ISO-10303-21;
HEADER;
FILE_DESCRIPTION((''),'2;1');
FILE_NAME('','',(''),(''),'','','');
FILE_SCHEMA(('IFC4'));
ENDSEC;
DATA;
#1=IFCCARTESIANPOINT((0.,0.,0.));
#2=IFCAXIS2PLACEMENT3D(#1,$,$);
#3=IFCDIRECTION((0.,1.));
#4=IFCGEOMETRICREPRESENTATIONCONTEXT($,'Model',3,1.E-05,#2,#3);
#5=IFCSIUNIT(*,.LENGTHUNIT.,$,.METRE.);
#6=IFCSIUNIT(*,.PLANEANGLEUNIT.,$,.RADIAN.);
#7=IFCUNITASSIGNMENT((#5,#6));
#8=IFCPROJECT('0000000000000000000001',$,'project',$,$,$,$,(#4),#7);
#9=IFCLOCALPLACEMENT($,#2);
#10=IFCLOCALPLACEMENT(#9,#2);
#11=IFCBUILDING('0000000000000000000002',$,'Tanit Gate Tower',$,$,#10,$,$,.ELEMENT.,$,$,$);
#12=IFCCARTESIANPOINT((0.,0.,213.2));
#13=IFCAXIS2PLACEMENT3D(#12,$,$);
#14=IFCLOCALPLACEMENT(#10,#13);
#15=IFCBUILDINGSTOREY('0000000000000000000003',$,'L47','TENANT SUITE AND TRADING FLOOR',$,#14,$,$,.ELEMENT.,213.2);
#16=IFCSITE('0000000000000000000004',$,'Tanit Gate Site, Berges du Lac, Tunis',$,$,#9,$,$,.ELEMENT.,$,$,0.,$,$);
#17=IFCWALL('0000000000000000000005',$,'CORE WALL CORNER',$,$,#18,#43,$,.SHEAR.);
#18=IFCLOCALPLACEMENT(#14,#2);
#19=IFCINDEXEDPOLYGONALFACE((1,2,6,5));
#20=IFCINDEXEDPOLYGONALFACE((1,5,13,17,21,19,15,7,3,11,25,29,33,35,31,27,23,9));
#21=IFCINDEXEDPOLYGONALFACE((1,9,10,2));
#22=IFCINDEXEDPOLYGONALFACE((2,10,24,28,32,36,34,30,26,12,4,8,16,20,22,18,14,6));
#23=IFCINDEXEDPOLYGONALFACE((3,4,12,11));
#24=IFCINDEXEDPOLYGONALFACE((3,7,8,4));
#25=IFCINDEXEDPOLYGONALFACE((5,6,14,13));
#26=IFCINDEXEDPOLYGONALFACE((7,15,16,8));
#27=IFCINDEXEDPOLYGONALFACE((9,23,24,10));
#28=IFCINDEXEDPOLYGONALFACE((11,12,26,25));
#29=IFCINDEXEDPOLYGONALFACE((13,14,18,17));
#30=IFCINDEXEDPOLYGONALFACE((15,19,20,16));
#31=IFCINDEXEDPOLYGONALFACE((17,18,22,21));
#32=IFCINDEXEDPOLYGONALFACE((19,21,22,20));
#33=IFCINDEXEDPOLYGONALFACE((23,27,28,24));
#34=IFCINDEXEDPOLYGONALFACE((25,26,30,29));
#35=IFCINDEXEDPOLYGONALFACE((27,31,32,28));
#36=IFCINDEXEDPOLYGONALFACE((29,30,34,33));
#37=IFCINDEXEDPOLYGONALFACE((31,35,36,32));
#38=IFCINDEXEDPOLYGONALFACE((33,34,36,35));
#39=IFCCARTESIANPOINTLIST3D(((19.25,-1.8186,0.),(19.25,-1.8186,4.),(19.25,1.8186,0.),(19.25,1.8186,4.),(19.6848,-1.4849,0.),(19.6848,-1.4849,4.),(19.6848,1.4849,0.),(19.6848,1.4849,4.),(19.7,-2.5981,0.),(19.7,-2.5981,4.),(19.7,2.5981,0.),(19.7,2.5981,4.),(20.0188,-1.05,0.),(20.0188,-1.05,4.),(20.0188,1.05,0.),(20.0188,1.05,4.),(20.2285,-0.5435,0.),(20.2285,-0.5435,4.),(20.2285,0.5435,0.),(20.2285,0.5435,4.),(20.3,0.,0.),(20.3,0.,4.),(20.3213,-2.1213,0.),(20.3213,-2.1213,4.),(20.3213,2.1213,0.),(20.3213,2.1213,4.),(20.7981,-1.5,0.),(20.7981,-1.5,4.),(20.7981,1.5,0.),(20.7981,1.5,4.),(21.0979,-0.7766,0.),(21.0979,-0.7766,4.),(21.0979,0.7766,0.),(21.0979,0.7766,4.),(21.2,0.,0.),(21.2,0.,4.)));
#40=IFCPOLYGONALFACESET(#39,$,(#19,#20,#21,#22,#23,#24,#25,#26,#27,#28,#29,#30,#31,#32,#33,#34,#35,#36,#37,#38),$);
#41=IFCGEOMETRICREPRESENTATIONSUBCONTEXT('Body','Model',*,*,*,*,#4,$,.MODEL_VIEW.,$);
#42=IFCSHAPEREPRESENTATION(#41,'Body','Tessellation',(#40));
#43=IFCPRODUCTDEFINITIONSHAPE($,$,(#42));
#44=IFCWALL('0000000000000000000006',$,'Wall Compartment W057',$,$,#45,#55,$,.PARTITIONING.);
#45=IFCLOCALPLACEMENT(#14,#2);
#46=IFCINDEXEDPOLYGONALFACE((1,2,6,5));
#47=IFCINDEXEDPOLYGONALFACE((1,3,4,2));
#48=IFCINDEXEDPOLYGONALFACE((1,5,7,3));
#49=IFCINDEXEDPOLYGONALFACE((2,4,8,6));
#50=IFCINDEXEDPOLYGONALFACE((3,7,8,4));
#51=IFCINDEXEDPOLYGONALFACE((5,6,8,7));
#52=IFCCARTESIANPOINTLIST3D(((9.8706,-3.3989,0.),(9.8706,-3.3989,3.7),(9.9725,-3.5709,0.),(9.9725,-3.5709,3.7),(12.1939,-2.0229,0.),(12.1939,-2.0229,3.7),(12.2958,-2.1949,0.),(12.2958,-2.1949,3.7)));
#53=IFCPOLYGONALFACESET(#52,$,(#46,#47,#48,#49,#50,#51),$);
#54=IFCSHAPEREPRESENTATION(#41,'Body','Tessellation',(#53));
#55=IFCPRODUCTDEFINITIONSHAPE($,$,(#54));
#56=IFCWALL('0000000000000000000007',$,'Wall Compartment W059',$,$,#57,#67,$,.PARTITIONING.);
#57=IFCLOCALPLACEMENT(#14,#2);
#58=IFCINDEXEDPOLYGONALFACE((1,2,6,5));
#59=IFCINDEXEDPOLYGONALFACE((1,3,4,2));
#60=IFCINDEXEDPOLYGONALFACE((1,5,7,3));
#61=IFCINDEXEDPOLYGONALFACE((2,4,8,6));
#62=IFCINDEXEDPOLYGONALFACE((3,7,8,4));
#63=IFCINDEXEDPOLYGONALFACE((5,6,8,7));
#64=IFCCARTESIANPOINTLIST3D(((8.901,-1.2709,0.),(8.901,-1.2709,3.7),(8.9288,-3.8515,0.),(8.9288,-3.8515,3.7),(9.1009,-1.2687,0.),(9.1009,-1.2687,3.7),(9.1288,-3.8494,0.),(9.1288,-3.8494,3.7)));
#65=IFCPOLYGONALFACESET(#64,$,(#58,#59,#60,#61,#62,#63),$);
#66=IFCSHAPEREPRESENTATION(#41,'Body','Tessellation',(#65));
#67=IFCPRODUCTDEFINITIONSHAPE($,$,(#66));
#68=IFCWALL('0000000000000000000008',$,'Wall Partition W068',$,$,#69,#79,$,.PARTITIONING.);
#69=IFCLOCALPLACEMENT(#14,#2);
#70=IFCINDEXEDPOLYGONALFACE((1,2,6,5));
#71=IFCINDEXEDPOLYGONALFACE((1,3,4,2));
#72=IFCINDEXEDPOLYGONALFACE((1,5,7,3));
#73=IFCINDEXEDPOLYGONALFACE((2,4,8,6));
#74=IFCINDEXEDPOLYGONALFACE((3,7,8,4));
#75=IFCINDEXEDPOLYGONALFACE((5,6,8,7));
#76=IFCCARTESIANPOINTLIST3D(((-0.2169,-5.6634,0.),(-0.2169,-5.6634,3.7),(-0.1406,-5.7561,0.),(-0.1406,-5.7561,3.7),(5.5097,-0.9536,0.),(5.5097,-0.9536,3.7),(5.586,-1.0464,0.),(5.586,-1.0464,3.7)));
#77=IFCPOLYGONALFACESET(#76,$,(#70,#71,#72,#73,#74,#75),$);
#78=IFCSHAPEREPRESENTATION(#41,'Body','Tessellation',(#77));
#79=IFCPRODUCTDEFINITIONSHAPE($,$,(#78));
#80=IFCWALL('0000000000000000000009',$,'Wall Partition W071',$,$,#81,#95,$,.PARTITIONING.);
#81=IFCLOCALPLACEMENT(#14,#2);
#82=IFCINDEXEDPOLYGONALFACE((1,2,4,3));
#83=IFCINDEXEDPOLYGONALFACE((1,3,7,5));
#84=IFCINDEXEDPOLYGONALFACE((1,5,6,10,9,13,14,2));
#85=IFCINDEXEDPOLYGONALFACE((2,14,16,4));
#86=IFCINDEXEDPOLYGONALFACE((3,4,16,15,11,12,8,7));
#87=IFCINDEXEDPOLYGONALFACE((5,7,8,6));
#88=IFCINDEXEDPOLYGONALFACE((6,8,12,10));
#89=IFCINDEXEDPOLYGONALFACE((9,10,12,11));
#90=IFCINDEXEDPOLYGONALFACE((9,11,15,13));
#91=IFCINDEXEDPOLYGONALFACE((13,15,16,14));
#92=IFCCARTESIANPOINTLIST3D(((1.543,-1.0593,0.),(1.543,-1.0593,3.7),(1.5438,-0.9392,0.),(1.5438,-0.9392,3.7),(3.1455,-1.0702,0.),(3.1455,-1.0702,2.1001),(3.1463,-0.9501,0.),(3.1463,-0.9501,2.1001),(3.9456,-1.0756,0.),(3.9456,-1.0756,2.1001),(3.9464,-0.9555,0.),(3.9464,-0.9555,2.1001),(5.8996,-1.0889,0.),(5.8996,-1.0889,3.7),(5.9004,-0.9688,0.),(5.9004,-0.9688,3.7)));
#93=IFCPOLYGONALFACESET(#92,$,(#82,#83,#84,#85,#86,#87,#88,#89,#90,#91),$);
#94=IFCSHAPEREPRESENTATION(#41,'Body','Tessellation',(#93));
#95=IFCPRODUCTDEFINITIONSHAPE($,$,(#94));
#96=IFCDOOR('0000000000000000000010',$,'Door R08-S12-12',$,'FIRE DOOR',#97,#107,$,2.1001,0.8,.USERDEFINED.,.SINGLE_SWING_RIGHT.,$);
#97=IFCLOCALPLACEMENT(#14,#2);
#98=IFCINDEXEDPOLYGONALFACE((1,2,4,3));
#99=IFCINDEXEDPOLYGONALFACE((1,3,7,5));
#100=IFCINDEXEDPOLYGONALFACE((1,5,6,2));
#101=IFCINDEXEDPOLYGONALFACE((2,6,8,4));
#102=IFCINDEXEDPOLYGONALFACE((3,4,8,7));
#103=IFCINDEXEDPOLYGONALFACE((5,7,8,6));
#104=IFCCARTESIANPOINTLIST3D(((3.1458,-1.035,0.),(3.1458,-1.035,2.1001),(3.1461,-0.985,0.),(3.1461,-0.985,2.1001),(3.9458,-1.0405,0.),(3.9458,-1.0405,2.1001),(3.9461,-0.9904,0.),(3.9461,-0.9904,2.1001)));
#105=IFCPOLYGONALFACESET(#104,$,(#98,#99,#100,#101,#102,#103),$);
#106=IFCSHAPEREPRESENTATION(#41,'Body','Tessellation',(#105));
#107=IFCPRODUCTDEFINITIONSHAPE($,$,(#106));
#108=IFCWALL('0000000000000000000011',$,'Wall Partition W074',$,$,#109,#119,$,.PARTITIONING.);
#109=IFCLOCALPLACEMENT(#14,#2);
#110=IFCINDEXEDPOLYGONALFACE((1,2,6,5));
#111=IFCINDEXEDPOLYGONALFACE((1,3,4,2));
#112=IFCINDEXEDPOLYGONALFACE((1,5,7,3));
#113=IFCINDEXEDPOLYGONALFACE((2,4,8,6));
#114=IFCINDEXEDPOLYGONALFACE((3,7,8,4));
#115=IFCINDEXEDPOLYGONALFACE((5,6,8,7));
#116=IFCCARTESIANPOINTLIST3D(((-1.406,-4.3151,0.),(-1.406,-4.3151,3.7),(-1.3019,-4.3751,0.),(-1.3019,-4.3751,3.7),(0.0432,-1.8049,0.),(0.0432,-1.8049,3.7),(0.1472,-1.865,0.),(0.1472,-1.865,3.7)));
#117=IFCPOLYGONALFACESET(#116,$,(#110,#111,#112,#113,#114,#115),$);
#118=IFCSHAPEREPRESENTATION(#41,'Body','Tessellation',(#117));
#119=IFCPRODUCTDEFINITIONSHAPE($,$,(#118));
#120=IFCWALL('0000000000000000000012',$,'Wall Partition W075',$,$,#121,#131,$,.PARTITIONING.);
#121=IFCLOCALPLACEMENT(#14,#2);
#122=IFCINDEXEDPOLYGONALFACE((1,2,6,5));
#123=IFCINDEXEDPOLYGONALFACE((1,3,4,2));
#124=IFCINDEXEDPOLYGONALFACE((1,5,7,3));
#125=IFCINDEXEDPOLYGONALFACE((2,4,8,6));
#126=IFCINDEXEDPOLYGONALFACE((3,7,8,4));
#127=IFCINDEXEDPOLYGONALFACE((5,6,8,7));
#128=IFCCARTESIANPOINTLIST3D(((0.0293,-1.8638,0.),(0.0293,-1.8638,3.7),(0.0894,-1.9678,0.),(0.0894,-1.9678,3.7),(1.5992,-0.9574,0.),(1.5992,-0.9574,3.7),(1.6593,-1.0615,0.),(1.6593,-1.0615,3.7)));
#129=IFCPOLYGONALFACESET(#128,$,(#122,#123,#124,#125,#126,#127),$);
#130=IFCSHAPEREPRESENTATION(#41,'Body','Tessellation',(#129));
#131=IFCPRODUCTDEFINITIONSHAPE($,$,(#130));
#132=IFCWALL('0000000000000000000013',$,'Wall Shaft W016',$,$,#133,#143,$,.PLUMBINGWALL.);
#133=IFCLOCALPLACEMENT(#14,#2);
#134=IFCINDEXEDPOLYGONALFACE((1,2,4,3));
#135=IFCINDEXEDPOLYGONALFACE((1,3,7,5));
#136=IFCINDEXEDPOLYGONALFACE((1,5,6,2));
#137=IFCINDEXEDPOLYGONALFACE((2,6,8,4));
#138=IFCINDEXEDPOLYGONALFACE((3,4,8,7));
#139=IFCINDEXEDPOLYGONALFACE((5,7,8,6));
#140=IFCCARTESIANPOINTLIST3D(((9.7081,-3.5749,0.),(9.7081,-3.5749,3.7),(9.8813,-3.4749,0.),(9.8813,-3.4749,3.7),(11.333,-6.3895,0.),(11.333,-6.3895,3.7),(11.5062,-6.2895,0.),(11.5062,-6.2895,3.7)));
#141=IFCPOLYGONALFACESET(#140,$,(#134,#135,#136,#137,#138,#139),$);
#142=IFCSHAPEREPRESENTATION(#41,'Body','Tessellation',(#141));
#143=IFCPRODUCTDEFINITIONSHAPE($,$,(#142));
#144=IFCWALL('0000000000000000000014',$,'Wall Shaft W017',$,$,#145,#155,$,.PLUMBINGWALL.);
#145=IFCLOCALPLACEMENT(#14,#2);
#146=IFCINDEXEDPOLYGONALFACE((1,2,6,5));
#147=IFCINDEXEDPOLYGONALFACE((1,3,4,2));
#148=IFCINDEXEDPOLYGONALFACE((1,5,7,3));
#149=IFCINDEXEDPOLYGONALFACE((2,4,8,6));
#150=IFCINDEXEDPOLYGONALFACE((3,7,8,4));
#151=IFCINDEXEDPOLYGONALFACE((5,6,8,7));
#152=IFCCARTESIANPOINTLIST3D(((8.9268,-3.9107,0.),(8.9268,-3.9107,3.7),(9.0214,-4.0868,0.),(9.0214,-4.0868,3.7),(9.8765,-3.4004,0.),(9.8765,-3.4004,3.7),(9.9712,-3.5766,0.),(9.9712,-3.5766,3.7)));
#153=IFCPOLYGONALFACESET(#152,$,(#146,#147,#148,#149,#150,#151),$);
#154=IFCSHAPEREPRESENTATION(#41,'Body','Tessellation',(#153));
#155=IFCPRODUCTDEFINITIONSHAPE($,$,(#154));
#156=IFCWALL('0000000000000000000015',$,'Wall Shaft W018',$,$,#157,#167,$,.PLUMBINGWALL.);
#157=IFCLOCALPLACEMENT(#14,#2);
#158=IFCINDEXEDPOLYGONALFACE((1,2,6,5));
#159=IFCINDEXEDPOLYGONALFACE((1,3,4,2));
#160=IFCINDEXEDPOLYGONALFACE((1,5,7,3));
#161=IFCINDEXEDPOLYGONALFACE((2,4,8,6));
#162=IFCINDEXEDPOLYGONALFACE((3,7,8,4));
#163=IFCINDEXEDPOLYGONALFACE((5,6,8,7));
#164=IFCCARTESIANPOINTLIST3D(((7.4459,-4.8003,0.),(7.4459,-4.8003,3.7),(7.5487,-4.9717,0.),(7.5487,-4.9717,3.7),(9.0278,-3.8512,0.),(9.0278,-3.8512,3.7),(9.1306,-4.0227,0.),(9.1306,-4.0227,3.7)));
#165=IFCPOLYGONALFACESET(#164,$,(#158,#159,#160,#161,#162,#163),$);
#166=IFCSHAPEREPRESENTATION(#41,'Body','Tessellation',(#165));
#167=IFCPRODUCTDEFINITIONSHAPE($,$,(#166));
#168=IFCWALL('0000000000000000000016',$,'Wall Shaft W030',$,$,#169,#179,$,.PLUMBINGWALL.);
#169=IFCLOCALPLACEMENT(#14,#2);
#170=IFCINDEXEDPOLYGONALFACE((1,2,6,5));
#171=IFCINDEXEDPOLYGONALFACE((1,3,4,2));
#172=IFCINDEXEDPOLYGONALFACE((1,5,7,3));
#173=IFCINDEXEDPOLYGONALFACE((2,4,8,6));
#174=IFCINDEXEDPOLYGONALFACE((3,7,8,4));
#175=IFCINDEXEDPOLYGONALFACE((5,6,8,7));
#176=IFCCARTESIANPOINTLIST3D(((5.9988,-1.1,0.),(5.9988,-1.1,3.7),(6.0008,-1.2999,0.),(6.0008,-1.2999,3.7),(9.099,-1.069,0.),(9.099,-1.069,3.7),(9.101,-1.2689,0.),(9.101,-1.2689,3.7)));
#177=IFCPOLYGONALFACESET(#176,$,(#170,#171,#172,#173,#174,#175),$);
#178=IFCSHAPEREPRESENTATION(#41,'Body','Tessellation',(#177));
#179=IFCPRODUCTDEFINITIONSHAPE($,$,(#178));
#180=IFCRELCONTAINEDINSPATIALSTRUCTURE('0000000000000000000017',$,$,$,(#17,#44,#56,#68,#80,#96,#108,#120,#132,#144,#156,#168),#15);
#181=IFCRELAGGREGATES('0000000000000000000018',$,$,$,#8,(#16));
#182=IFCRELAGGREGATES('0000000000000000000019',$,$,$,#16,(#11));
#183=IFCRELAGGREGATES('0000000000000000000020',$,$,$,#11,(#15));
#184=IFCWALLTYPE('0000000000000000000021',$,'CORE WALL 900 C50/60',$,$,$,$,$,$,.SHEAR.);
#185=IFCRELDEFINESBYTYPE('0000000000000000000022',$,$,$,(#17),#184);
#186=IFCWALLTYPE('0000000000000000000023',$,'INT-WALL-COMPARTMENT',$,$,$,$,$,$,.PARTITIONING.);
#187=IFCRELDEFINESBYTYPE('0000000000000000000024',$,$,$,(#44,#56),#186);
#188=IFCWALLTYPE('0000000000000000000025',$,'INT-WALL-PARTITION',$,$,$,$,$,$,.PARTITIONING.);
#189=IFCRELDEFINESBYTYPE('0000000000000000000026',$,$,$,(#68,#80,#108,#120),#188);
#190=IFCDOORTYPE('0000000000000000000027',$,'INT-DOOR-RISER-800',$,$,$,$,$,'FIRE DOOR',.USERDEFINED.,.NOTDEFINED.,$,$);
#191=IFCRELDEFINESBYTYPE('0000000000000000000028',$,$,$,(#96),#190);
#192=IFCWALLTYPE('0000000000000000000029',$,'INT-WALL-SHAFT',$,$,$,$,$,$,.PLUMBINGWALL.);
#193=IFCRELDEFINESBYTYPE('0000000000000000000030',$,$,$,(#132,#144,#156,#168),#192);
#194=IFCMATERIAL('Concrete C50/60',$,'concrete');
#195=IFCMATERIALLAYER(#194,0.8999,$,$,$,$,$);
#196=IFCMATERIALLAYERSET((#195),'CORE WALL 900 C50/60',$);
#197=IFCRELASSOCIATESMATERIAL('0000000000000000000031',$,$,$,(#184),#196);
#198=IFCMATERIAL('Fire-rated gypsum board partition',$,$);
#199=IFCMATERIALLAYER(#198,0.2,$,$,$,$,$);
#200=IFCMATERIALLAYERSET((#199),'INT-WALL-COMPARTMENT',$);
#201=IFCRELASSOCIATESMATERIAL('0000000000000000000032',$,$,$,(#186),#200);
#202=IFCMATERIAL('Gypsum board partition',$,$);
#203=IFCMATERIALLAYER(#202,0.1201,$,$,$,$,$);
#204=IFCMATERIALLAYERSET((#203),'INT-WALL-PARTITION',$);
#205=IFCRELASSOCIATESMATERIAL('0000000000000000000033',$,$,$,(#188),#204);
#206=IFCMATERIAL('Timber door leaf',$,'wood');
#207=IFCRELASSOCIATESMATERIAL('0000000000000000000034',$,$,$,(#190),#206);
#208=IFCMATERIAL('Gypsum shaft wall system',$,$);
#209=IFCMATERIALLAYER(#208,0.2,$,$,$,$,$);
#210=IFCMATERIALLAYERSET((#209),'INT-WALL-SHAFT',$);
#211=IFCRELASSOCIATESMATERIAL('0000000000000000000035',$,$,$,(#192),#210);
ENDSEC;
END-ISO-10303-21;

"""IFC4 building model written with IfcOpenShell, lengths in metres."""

from ifc_helpers import new_model, si_unit, direction, frame, frame_2d, origin, place, context, subcontext, project, spatial, polyline, rectangle, outline, extrude, material, layer, layer_set, type_object, element, fill, save


model = new_model("IFC4")

# Units and contexts
model_context = context("Model", 3, precision=1e-05, world=origin(), true_north=direction((0.0, 1.0)))
body_context = subcontext(model_context, "Body", "Model", "MODEL_VIEW")
ifc_project = project(units=[si_unit("LENGTHUNIT", "METRE"), si_unit("PLANEANGLEUNIT", "RADIAN")], contexts=[model_context])

# Site, building, storey
site_placement = place(None, origin())
site = spatial("IfcSite", under=ifc_project, at=site_placement, Name="Tanit Gate Site, Berges du Lac, Tunis", CompositionType="ELEMENT", RefElevation=0.0)
building_placement = place(site_placement, origin())
building = spatial("IfcBuilding", under=site, at=building_placement, Name="Tanit Gate Tower", CompositionType="ELEMENT")
storey_placement = place(building_placement, frame((0.0, 0.0, 213.2)))
storey = spatial("IfcBuildingStorey", under=building, at=storey_placement, Name="L47", Description="TENANT SUITE AND TRADING FLOOR", CompositionType="ELEMENT", Elevation=213.2)

# Walls
ifc_material_1 = material(Name="Concrete C50/60", Category="concrete")
ifc_layer_1 = layer(ifc_material_1, 0.8999)
ifc_layer_set_1 = layer_set([ifc_layer_1], Name="CORE WALL 900 C50/60")
wall_type_1 = type_object("IfcWallType", Name="CORE WALL 900 C50/60", PredefinedType="SHEAR", material=ifc_layer_set_1)
wall_1_placement = place(storey_placement, origin())
element("IfcWall", 1, at=wall_1_placement, inside=storey, type_object=wall_type_1, Name="CORE WALL CORNER", PredefinedType="SHEAR", context=body_context, shape_type="SweptSolid", body=[
    extrude(outline(polyline([(19.7, -2.5981), (20.3213, -2.1213), (20.7981, -1.5), (21.0979, -0.7766), (21.2, 0.0), (21.0979, 0.7766), (20.7981, 1.5), (20.3213, 2.1213), (19.7, 2.5981), (19.25, 1.8186), (19.6848, 1.4849), (20.0188, 1.05), (20.2285, 0.5435), (20.3, 0.0), (20.2285, -0.5435), (20.0188, -1.05), (19.6848, -1.4849), (19.25, -1.8186), (19.7, -2.5981)])), origin(), (0.0, 0.0, 1.0), 4.0),
])
ifc_material_2 = material(Name="Fire-rated gypsum board partition")
ifc_layer_2 = layer(ifc_material_2, 0.2)
ifc_layer_set_2 = layer_set([ifc_layer_2], Name="INT-WALL-COMPARTMENT")
wall_type_2 = type_object("IfcWallType", Name="INT-WALL-COMPARTMENT", PredefinedType="PARTITIONING", material=ifc_layer_set_2)
wall_2_placement = place(storey_placement, frame((12.2449, -2.1089, 0.0), z_axis=(0.0, 0.0, 1.0), x_axis=(-0.860415, -0.509594, 0.0)))
element("IfcWall", 2, at=wall_2_placement, inside=storey, type_object=wall_type_2, Name="Wall Compartment W057", PredefinedType="PARTITIONING", context=body_context, shape_type="SweptSolid", body=[
    extrude(rectangle(XDim=2.7002, YDim=0.2, at=frame_2d((1.3501, 0.0))), origin(), (0.0, 0.0, 1.0), 3.7),
])
wall_3_placement = place(storey_placement, frame((9.0288, -3.8506, 0.0), z_axis=(0.0, 0.0, 1.0), x_axis=(-0.010785, 0.999942, 0.0)))
element("IfcWall", 3, at=wall_3_placement, inside=storey, type_object=wall_type_2, Name="Wall Compartment W059", PredefinedType="PARTITIONING", context=body_context, shape_type="SweptSolid", body=[
    extrude(rectangle(XDim=2.5808, YDim=0.2, at=frame_2d((1.2905, 0.0))), origin(), (0.0, 0.0, 1.0), 3.7),
])
ifc_material_3 = material(Name="Gypsum board partition")
ifc_layer_3 = layer(ifc_material_3, 0.1201)
ifc_layer_set_3 = layer_set([ifc_layer_3], Name="INT-WALL-PARTITION")
wall_type_3 = type_object("IfcWallType", Name="INT-WALL-PARTITION", PredefinedType="PARTITIONING", material=ifc_layer_set_3)
wall_4_placement = place(storey_placement, frame((5.5479, -1.0, 0.0), z_axis=(0.0, 0.0, 1.0), x_axis=(-0.772345, -0.635203, 0.0)))
element("IfcWall", 4, at=wall_4_placement, inside=storey, type_object=wall_type_3, Name="Wall Partition W068", PredefinedType="PARTITIONING", context=body_context, shape_type="SweptSolid", body=[
    extrude(rectangle(XDim=7.4146, YDim=0.1201, at=frame_2d((3.7073, 0.0))), origin(), (0.0, 0.0, 1.0), 3.7),
])

# Wall, opening, door
wall_5_placement = place(storey_placement, frame((5.8999, -1.0288, 0.0), z_axis=(0.0, 0.0, 1.0), x_axis=(-0.999977, 0.00678, 0.0)))
wall_5 = element("IfcWall", 5, at=wall_5_placement, inside=storey, type_object=wall_type_3, Name="Wall Partition W071", PredefinedType="PARTITIONING", context=body_context, shape_type="SweptSolid", body=[
    extrude(rectangle(XDim=4.3567, YDim=0.1201, at=frame_2d((2.1782, 0.0))), origin(), (0.0, 0.0, 1.0), 3.7),
])
opening_1_placement = place(wall_5_placement, frame((1.9541, 0.0, 0.0)))
opening_1 = element("IfcOpeningElement", 6, at=opening_1_placement, cuts=wall_5, PredefinedType="OPENING", context=body_context, shape_type="SweptSolid", body=[
    extrude(rectangle(XDim=0.8, YDim=2.1001, at=frame_2d((0.3999, 1.05))), frame((0.0, 0.0701, 0.0), z_axis=(0.0, -1.0, 0.0), x_axis=(1.0, 0.0, 0.0)), (0.0, 0.0, 1.0), 0.1401),
])
ifc_material_4 = material(Name="Timber door leaf", Category="wood")
door_type_1 = type_object("IfcDoorType", Name="INT-DOOR-RISER-800", ElementType="FIRE DOOR", OperationType="NOTDEFINED", PredefinedType="USERDEFINED", material=ifc_material_4)
door_1_placement = place(opening_1_placement, origin())
door_1 = element("IfcDoor", 7, at=door_1_placement, inside=storey, type_object=door_type_1, Name="Door R08-S12-12", ObjectType="FIRE DOOR", OperationType="SINGLE_SWING_RIGHT", OverallHeight=2.1001, OverallWidth=0.8, PredefinedType="USERDEFINED", context=body_context, shape_type="SweptSolid", body=[
    extrude(rectangle(XDim=0.8, YDim=2.1001, at=frame_2d((0.3999, 1.05))), frame((0.0, 0.0249, 0.0), z_axis=(0.0, -1.0, 0.0), x_axis=(1.0, 0.0, 0.0)), (0.0, 0.0, 1.0), 0.05),
])
fill(opening_1, door_1)

# Walls
wall_6_placement = place(storey_placement, frame((0.0952, -1.835, 0.0), z_axis=(0.0, 0.0, 1.0), x_axis=(-0.49998, -0.866037, 0.0)))
element("IfcWall", 8, at=wall_6_placement, inside=storey, type_object=wall_type_3, Name="Wall Partition W074", PredefinedType="PARTITIONING", context=body_context, shape_type="SweptSolid", body=[
    extrude(rectangle(XDim=2.8984, YDim=0.1201, at=frame_2d((1.4492, 0.0))), origin(), (0.0, 0.0, 1.0), 3.7),
])
wall_7_placement = place(storey_placement, frame((1.6292, -1.0095, 0.0), z_axis=(0.0, 0.0, 1.0), x_axis=(-0.866047, -0.499963, 0.0)))
element("IfcWall", 9, at=wall_7_placement, inside=storey, type_object=wall_type_3, Name="Wall Partition W075", PredefinedType="PARTITIONING", context=body_context, shape_type="SweptSolid", body=[
    extrude(rectangle(XDim=1.8127, YDim=0.1201, at=frame_2d((0.9062, 0.0))), origin(), (0.0, 0.0, 1.0), 3.7),
])
ifc_material_5 = material(Name="Gypsum shaft wall system")
ifc_layer_4 = layer(ifc_material_5, 0.2)
ifc_layer_set_4 = layer_set([ifc_layer_4], Name="INT-WALL-SHAFT")
wall_type_4 = type_object("IfcWallType", Name="INT-WALL-SHAFT", PredefinedType="PLUMBINGWALL", material=ifc_layer_set_4)
wall_8_placement = place(storey_placement, frame((9.7947, -3.5249, 0.0), z_axis=(0.0, 0.0, 1.0), x_axis=(0.499985, -0.866034, 0.0)))
element("IfcWall", 10, at=wall_8_placement, inside=storey, type_object=wall_type_4, Name="Wall Shaft W016", PredefinedType="PLUMBINGWALL", context=body_context, shape_type="SweptSolid", body=[
    extrude(rectangle(XDim=3.25, YDim=0.2, at=frame_2d((1.625, 0.0))), origin(), (0.0, 0.0, 1.0), 3.7),
])
wall_9_placement = place(storey_placement, frame((8.9741, -3.9988, 0.0), z_axis=(0.0, 0.0, 1.0), x_axis=(0.880907, 0.473289, 0.0)))
element("IfcWall", 11, at=wall_9_placement, inside=storey, type_object=wall_type_4, Name="Wall Shaft W017", PredefinedType="PLUMBINGWALL", context=body_context, shape_type="SweptSolid", body=[
    extrude(rectangle(XDim=1.0781, YDim=0.2, at=frame_2d((0.5391, 0.0))), origin(), (0.0, 0.0, 1.0), 3.7),
])
wall_10_placement = place(storey_placement, frame((7.4973, -4.886, 0.0), z_axis=(0.0, 0.0, 1.0), x_axis=(0.857516, 0.514457, 0.0)))
element("IfcWall", 12, at=wall_10_placement, inside=storey, type_object=wall_type_4, Name="Wall Shaft W018", PredefinedType="PLUMBINGWALL", context=body_context, shape_type="SweptSolid", body=[
    extrude(rectangle(XDim=1.8447, YDim=0.2, at=frame_2d((0.9224, 0.0))), origin(), (0.0, 0.0, 1.0), 3.7),
])
wall_11_placement = place(storey_placement, frame((9.1001, -1.1689, 0.0), z_axis=(0.0, 0.0, 1.0), x_axis=(-0.99995, -0.010001, 0.0)))
element("IfcWall", 13, at=wall_11_placement, inside=storey, type_object=wall_type_4, Name="Wall Shaft W030", PredefinedType="PLUMBINGWALL", context=body_context, shape_type="SweptSolid", body=[
    extrude(rectangle(XDim=3.1003, YDim=0.2, at=frame_2d((1.5503, 0.0))), origin(), (0.0, 0.0, 1.0), 3.7),
])

save(model, "model.ifc")
